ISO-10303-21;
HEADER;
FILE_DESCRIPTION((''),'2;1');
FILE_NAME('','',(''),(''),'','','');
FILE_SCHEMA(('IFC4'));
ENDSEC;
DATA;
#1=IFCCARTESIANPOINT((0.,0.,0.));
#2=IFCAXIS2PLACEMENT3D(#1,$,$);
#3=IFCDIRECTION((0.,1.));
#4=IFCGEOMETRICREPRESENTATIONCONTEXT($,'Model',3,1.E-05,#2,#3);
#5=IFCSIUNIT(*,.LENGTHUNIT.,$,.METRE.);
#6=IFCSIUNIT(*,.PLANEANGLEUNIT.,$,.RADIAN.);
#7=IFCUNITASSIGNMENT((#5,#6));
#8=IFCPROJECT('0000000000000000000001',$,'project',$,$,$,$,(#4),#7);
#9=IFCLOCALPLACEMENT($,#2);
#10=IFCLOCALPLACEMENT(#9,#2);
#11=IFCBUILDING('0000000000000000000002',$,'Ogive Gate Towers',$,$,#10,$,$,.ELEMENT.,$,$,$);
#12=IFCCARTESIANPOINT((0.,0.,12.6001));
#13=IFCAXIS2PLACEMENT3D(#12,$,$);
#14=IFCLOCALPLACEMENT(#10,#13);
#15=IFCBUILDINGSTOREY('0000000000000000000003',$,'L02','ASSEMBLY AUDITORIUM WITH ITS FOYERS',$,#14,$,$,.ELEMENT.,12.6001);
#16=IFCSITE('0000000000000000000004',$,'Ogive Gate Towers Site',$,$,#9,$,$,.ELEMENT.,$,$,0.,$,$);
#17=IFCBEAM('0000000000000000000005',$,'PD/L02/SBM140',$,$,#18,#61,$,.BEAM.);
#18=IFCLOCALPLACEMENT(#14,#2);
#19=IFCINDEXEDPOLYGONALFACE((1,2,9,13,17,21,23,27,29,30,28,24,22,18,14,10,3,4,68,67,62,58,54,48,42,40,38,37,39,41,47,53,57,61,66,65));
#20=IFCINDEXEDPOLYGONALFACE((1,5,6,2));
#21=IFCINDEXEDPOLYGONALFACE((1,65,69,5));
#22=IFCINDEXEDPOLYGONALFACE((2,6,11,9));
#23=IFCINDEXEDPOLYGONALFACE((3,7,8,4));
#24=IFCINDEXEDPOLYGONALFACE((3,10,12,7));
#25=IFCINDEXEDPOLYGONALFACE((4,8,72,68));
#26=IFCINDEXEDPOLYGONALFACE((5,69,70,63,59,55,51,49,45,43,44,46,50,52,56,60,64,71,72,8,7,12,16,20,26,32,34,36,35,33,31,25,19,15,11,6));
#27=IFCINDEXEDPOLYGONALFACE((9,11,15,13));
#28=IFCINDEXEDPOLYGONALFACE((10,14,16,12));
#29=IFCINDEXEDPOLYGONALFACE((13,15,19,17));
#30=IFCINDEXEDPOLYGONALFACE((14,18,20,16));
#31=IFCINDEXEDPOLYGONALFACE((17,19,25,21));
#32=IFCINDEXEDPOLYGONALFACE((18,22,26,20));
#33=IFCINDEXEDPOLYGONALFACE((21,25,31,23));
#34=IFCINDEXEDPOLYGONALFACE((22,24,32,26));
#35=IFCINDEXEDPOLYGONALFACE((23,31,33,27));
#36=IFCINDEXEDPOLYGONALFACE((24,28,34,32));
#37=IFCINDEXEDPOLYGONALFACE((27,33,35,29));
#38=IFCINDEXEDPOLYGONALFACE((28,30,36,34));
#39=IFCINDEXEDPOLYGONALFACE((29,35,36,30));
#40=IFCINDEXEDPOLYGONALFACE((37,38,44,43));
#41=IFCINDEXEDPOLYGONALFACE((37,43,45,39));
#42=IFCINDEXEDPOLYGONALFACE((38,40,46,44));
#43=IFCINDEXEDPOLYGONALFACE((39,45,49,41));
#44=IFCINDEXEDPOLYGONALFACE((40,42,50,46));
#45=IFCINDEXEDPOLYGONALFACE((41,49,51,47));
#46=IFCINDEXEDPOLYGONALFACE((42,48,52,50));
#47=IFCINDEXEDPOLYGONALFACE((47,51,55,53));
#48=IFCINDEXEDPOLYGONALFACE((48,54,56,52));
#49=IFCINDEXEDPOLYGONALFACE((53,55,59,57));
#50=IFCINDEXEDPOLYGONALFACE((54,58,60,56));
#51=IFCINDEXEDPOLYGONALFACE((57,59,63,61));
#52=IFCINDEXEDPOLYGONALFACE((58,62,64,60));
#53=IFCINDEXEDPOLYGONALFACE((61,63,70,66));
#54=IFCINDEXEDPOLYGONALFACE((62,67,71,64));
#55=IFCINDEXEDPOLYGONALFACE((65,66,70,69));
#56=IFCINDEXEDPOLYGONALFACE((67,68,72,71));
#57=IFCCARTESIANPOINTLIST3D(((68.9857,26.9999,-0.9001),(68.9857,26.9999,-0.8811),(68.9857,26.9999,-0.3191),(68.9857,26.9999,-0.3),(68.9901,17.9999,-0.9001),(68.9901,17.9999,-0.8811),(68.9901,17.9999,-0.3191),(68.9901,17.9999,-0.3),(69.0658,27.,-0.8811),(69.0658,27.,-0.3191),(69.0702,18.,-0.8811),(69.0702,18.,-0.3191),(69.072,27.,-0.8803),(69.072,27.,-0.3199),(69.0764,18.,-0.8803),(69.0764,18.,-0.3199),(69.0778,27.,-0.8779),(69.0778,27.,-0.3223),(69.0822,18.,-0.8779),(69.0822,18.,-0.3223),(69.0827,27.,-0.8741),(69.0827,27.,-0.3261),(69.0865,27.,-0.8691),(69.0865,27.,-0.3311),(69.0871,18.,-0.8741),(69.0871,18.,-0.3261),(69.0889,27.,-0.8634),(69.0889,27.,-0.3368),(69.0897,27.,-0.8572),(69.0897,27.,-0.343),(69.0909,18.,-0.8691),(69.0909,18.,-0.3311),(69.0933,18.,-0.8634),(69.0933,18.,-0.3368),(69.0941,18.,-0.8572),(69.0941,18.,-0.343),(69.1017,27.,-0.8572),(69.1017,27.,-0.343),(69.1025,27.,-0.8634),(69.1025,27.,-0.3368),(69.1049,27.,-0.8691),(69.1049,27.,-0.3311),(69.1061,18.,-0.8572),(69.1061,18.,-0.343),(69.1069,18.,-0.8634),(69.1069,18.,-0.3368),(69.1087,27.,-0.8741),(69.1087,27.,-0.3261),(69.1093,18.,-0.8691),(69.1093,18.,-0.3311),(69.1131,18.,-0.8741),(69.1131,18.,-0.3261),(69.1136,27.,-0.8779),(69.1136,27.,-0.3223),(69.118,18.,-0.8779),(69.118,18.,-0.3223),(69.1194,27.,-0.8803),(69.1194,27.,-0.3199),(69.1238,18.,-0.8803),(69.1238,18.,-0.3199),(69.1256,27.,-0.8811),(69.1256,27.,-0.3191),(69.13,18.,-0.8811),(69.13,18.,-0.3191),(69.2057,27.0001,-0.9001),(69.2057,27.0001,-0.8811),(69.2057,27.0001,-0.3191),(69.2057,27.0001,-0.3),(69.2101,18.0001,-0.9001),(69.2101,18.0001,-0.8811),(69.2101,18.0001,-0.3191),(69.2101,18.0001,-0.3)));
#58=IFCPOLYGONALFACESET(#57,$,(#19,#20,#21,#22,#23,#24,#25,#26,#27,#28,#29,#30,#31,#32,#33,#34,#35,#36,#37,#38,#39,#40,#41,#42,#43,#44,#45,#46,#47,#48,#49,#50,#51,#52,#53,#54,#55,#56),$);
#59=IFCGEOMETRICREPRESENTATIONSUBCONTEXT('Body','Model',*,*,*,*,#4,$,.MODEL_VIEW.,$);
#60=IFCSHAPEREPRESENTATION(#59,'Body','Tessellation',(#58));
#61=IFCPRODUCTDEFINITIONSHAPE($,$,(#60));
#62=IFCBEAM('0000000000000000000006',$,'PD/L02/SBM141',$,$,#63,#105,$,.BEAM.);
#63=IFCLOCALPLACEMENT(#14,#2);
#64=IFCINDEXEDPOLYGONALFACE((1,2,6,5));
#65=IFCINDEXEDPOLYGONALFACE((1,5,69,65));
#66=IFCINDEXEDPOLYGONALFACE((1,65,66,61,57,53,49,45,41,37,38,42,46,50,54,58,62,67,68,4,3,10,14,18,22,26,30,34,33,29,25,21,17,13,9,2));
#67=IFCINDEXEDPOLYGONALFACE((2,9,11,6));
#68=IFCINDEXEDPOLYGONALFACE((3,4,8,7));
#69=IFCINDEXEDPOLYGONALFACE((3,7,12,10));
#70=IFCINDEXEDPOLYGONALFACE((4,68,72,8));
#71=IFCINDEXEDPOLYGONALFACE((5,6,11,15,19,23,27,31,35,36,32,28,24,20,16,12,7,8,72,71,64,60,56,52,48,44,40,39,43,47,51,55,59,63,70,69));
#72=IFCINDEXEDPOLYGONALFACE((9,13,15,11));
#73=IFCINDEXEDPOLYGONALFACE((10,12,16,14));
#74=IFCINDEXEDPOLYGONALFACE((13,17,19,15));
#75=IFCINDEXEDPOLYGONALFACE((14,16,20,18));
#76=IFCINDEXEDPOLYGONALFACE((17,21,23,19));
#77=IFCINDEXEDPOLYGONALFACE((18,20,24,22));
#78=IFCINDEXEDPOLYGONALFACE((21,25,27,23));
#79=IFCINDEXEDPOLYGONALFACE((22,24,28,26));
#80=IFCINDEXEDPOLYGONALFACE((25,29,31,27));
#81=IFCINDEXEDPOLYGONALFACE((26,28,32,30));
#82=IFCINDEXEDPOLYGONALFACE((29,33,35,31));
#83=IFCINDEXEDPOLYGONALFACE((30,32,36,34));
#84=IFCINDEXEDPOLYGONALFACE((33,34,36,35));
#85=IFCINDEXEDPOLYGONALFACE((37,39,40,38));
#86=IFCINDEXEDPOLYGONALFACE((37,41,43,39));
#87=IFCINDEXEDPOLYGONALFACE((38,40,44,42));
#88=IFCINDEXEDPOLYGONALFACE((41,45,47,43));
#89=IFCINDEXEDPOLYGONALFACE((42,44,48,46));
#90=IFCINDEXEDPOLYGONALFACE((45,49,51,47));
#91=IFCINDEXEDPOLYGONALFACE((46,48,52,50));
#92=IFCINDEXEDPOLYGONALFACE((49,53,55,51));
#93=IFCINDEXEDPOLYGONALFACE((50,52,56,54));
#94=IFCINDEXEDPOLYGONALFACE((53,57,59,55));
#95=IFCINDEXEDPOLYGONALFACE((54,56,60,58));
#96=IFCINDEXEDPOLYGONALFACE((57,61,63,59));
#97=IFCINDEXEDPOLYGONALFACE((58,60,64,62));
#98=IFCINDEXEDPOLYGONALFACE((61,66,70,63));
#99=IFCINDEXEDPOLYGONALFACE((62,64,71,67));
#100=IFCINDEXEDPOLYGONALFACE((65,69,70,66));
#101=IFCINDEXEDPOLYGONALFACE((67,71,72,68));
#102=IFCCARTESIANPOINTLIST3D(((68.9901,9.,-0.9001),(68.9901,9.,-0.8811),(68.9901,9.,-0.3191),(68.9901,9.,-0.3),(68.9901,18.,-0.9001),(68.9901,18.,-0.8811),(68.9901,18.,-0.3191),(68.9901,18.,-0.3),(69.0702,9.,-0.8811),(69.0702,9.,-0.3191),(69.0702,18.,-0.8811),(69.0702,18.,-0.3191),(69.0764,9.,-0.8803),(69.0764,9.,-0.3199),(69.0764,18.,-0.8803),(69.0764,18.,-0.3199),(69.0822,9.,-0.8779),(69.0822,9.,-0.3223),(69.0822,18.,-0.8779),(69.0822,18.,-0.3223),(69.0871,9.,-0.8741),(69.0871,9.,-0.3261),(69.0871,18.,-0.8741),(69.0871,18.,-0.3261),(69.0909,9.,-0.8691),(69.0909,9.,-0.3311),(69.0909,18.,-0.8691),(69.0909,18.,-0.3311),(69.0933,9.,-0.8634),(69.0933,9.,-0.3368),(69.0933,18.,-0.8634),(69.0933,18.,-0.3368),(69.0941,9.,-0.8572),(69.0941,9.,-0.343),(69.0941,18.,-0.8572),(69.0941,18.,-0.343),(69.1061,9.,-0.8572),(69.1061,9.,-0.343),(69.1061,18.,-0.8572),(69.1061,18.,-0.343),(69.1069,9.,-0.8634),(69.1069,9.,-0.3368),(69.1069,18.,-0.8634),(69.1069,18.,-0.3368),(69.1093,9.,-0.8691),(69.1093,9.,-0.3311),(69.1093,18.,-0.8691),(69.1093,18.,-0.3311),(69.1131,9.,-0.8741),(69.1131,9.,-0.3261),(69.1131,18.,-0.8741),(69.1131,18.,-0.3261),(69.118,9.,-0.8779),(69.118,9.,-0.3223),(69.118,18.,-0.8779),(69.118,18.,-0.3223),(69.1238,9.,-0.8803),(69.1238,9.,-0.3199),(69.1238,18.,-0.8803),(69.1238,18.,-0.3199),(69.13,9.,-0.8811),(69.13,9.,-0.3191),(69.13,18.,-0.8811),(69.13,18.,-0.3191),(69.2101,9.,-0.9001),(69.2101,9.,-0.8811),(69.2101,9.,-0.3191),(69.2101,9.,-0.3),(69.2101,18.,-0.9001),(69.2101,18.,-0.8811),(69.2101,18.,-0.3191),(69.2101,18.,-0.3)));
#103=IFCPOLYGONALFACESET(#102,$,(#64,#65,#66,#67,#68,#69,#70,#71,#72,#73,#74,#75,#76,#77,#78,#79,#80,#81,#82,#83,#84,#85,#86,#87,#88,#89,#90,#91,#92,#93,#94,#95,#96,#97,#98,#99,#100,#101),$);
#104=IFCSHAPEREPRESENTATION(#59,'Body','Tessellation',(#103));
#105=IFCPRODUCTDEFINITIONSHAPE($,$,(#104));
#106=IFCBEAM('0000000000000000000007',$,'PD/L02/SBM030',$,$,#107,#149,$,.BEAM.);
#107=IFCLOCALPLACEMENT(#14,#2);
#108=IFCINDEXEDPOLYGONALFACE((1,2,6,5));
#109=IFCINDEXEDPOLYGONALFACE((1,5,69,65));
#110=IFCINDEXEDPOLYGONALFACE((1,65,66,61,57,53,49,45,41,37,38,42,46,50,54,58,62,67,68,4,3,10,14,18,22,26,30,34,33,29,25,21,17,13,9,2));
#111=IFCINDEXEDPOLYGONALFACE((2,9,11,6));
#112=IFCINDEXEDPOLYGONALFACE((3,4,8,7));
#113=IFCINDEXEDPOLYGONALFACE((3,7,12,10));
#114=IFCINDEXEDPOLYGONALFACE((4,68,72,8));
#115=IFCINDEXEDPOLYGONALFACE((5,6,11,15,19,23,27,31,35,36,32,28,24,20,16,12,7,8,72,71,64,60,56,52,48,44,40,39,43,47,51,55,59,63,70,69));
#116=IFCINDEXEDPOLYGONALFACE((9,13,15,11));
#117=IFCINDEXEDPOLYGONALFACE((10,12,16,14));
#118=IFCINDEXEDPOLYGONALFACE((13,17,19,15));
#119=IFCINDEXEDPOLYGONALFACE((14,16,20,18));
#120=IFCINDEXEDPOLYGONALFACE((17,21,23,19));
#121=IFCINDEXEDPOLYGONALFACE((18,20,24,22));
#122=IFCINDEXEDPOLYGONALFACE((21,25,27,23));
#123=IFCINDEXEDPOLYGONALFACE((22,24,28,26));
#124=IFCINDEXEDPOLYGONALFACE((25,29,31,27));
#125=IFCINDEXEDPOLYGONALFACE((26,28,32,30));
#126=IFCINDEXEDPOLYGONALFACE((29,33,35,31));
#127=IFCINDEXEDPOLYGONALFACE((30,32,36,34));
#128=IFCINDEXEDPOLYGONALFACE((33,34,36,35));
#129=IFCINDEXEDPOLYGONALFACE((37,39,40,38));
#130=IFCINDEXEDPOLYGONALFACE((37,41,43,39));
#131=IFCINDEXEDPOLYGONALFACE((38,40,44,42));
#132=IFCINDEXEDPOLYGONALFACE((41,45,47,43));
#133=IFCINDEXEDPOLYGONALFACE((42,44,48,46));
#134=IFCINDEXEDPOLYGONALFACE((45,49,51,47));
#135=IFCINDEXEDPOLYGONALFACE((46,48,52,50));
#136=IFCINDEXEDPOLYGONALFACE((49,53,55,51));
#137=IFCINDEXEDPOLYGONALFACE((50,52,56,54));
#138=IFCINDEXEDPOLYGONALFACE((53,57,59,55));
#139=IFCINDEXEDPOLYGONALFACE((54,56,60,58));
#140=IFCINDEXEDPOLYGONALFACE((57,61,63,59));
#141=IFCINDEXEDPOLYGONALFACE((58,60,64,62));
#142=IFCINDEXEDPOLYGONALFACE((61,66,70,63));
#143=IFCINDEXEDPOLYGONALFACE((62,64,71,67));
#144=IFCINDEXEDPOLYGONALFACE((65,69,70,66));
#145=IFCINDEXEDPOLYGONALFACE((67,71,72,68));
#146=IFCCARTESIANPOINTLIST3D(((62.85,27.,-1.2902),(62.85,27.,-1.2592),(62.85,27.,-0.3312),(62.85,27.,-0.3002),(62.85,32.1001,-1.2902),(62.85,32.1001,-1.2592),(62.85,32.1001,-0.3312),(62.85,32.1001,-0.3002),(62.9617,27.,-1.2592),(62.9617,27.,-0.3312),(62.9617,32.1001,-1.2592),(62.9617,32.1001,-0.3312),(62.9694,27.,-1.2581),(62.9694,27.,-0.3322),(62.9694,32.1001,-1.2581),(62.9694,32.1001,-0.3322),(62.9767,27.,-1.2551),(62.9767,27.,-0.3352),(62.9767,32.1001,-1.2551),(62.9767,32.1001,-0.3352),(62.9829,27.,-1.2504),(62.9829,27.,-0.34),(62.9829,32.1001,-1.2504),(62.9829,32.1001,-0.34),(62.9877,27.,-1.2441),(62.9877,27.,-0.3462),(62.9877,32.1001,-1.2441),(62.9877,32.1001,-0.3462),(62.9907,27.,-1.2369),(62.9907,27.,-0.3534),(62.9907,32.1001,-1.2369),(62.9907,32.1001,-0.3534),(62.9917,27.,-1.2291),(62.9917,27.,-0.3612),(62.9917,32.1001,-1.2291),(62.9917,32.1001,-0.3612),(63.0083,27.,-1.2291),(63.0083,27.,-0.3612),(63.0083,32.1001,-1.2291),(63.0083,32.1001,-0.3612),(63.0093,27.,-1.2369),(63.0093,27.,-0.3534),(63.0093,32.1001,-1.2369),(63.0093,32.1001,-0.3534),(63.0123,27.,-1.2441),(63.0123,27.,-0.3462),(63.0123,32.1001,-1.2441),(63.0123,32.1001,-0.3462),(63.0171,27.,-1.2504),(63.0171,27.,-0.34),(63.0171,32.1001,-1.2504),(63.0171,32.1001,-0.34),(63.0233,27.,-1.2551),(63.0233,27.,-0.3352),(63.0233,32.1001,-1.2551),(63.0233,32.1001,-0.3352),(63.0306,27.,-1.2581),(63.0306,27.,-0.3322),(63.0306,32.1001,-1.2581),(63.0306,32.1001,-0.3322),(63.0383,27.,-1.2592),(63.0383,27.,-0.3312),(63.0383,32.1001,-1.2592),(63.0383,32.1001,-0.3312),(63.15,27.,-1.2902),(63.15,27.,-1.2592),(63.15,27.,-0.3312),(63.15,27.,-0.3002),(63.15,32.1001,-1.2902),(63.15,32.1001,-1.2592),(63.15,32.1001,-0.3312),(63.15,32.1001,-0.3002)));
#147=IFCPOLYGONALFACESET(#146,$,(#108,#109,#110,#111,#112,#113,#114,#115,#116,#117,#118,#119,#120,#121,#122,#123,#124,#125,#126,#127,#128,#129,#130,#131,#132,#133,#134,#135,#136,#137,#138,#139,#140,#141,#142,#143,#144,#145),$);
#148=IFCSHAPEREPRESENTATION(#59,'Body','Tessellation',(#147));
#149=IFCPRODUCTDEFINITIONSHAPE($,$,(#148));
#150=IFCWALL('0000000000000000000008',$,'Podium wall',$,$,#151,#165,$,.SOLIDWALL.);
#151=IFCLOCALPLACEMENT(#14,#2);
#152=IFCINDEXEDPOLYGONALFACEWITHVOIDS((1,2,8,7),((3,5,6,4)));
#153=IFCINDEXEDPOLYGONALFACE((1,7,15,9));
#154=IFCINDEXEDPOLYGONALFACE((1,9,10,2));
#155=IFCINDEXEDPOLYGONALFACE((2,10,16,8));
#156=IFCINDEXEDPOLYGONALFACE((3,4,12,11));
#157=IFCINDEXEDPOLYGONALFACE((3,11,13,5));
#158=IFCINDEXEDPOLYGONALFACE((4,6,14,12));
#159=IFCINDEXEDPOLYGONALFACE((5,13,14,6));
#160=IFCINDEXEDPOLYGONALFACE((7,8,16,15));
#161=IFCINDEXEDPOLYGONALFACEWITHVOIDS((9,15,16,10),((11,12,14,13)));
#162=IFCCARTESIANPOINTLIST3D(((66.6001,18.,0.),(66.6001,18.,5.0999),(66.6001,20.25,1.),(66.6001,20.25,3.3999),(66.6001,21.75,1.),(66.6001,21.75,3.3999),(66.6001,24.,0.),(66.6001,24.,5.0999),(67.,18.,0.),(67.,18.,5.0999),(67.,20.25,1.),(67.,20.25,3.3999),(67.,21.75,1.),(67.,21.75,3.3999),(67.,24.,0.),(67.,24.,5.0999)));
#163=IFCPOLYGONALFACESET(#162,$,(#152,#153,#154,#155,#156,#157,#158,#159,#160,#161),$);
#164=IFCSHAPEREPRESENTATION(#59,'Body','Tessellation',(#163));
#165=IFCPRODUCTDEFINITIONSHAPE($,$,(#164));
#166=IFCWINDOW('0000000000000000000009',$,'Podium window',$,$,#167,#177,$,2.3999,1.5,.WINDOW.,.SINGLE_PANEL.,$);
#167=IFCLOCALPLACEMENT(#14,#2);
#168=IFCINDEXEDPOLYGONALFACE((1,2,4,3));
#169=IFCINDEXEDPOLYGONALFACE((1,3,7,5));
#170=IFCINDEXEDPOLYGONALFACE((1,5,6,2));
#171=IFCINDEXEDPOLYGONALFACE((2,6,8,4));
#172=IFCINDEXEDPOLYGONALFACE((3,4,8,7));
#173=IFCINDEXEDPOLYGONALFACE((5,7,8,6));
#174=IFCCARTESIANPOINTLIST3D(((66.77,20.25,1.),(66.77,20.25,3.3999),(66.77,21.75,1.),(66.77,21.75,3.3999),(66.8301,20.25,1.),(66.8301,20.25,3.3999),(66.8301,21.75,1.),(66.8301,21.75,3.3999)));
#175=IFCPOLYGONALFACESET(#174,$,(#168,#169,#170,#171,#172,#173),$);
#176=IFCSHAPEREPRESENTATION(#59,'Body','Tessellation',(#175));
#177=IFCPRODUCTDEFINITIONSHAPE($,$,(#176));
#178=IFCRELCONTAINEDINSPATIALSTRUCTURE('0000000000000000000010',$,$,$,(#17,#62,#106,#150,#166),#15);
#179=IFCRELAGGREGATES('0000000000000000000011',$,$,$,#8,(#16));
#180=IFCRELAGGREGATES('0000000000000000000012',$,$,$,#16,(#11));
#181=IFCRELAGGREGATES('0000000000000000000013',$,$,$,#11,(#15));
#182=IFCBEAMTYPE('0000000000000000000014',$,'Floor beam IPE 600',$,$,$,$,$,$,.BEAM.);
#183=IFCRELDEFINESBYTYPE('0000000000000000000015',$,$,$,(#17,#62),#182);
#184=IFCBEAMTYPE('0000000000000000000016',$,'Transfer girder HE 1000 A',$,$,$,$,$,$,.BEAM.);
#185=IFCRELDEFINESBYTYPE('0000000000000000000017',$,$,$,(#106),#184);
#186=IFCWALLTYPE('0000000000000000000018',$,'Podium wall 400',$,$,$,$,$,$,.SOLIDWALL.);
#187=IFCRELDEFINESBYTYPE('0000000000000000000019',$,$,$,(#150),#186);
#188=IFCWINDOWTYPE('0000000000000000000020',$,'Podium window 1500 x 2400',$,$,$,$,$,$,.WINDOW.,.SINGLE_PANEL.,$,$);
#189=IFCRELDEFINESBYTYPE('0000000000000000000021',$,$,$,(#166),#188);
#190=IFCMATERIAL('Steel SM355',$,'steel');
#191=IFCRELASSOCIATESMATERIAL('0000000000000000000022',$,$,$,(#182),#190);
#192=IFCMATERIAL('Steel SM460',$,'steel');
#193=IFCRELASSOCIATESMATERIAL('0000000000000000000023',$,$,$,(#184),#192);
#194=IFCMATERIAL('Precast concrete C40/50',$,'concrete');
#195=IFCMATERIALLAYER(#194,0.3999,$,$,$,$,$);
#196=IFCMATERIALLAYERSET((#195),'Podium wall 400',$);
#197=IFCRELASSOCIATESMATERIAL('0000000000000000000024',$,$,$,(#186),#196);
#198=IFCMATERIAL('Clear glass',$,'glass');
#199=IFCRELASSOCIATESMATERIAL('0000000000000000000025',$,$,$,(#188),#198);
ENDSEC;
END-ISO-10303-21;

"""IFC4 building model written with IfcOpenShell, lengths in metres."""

from ifc_helpers import new_model, si_unit, direction, frame, frame_2d, origin, origin_2d, place, context, subcontext, project, spatial, rectangle, i_section, extrude, material, layer, layer_set, material_profile, profile_set, type_object, element, fill, save


model = new_model("IFC4")

# Units and contexts
model_context = context("Model", 3, precision=1e-05, world=origin(), true_north=direction((0.0, 1.0)))
body_context = subcontext(model_context, "Body", "Model", "MODEL_VIEW")
ifc_project = project(units=[si_unit("LENGTHUNIT", "METRE"), si_unit("PLANEANGLEUNIT", "RADIAN")], contexts=[model_context])

# Site, building, storey
site_placement = place(None, origin())
site = spatial("IfcSite", under=ifc_project, at=site_placement, Name="Ogive Gate Towers Site", CompositionType="ELEMENT", RefElevation=0.0)
building_placement = place(site_placement, origin())
building = spatial("IfcBuilding", under=site, at=building_placement, Name="Ogive Gate Towers", CompositionType="ELEMENT")
storey_placement = place(building_placement, frame((0.0, 0.0, 12.6001)))
storey = spatial("IfcBuildingStorey", under=building, at=storey_placement, Name="L02", Description="ASSEMBLY AUDITORIUM WITH ITS FOYERS", CompositionType="ELEMENT", Elevation=12.6001)

# Beams
ifc_material_1 = material(Name="Steel SM355", Category="steel")
ifc_material_profile_1 = material_profile(ifc_material_1, i_section(OverallWidth=0.22, OverallDepth=0.6001, WebThickness=0.012, FlangeThickness=0.019, FilletRadius=0.0239, at=origin_2d()), Name="IPE 600")
ifc_profile_set_1 = profile_set([ifc_material_profile_1], Name="Steel SM355")
beam_type_1 = type_object("IfcBeamType", Name="Floor beam IPE 600", PredefinedType="BEAM", material=ifc_profile_set_1)
for number, where, z_axis, x_axis, name in (
    (1, (69.0957, 27.0, -0.6001), (0.000488, -1.0, 0.0), (1.0, 0.000488, 0.0), "PD/L02/SBM140"),
    (2, (69.1001, 18.0, -0.6001), (0.0, -1.0, 0.0), (1.0, 0.0, 0.0), "PD/L02/SBM141"),
):
    element("IfcBeam", number, at=place(storey_placement, frame(where, z_axis=z_axis, x_axis=x_axis)), inside=storey, type_object=beam_type_1, Name=name, PredefinedType="BEAM", context=body_context, shape_type="SweptSolid", body=[
        extrude(i_section(OverallWidth=0.22, OverallDepth=0.6001, WebThickness=0.012, FlangeThickness=0.019, FilletRadius=0.0239, at=origin_2d()), origin(), (0.0, 0.0, 1.0), 9.0),
    ])
ifc_material_2 = material(Name="Steel SM460", Category="steel")
ifc_material_profile_2 = material_profile(ifc_material_2, i_section(OverallWidth=0.3, OverallDepth=0.99, WebThickness=0.0166, FlangeThickness=0.031, FilletRadius=0.03, at=origin_2d()), Name="HE 1000 A")
ifc_profile_set_2 = profile_set([ifc_material_profile_2], Name="Steel SM460")
beam_type_2 = type_object("IfcBeamType", Name="Transfer girder HE 1000 A", PredefinedType="BEAM", material=ifc_profile_set_2)
beam_1_placement = place(storey_placement, frame((63.0, 27.0, -0.7952), z_axis=(0.0, 1.0, 0.0), x_axis=(-1.0, 0.0, 0.0)))
element("IfcBeam", 3, at=beam_1_placement, inside=storey, type_object=beam_type_2, Name="PD/L02/SBM030", PredefinedType="BEAM", context=body_context, shape_type="SweptSolid", body=[
    extrude(i_section(OverallWidth=0.3, OverallDepth=0.99, WebThickness=0.0166, FlangeThickness=0.031, FilletRadius=0.03, at=origin_2d()), origin(), (0.0, 0.0, 1.0), 5.1001),
])

# Wall, opening, window
ifc_material_3 = material(Name="Precast concrete C40/50", Category="concrete")
ifc_layer = layer(ifc_material_3, 0.3999)
ifc_layer_set = layer_set([ifc_layer], Name="Podium wall 400")
wall_type = type_object("IfcWallType", Name="Podium wall 400", PredefinedType="SOLIDWALL", material=ifc_layer_set)
wall_1_placement = place(storey_placement, frame((66.8, 18.0, 0.0), z_axis=(0.0, 0.0, 1.0), x_axis=(0.0, 1.0, 0.0)))
wall_1 = element("IfcWall", 4, at=wall_1_placement, inside=storey, type_object=wall_type, Name="Podium wall", PredefinedType="SOLIDWALL", context=body_context, shape_type="SweptSolid", body=[
    extrude(rectangle(XDim=6.0, YDim=0.3999, at=frame_2d((3.0, 0.0))), origin(), (0.0, 0.0, 1.0), 5.0999),
])
opening_1_placement = place(wall_1_placement, frame((2.25, 0.0, 1.0)))
opening_1 = element("IfcOpeningElement", 5, at=opening_1_placement, cuts=wall_1, PredefinedType="OPENING", context=body_context, shape_type="SweptSolid", body=[
    extrude(rectangle(XDim=1.5, YDim=2.3999, at=frame_2d((0.75, 1.2))), frame((0.0, 0.21, 0.0), z_axis=(0.0, -1.0, 0.0), x_axis=(1.0, 0.0, 0.0)), (0.0, 0.0, 1.0), 0.4199),
])
ifc_material_4 = material(Name="Clear glass", Category="glass")
window_type_1 = type_object("IfcWindowType", Name="Podium window 1500 x 2400", PartitioningType="SINGLE_PANEL", PredefinedType="WINDOW", material=ifc_material_4)
window_1_placement = place(opening_1_placement, origin())
window_1 = element("IfcWindow", 6, at=window_1_placement, inside=storey, type_object=window_type_1, Name="Podium window", OverallHeight=2.3999, OverallWidth=1.5, PartitioningType="SINGLE_PANEL", PredefinedType="WINDOW", context=body_context, shape_type="SweptSolid", body=[
    extrude(rectangle(XDim=1.5, YDim=2.3999, at=frame_2d((0.75, 1.2))), frame((0.0, 0.03, 0.0), z_axis=(0.0, -1.0, 0.0), x_axis=(1.0, 0.0, 0.0)), (0.0, 0.0, 1.0), 0.0601),
])
fill(opening_1, window_1)

save(model, "model.ifc")
